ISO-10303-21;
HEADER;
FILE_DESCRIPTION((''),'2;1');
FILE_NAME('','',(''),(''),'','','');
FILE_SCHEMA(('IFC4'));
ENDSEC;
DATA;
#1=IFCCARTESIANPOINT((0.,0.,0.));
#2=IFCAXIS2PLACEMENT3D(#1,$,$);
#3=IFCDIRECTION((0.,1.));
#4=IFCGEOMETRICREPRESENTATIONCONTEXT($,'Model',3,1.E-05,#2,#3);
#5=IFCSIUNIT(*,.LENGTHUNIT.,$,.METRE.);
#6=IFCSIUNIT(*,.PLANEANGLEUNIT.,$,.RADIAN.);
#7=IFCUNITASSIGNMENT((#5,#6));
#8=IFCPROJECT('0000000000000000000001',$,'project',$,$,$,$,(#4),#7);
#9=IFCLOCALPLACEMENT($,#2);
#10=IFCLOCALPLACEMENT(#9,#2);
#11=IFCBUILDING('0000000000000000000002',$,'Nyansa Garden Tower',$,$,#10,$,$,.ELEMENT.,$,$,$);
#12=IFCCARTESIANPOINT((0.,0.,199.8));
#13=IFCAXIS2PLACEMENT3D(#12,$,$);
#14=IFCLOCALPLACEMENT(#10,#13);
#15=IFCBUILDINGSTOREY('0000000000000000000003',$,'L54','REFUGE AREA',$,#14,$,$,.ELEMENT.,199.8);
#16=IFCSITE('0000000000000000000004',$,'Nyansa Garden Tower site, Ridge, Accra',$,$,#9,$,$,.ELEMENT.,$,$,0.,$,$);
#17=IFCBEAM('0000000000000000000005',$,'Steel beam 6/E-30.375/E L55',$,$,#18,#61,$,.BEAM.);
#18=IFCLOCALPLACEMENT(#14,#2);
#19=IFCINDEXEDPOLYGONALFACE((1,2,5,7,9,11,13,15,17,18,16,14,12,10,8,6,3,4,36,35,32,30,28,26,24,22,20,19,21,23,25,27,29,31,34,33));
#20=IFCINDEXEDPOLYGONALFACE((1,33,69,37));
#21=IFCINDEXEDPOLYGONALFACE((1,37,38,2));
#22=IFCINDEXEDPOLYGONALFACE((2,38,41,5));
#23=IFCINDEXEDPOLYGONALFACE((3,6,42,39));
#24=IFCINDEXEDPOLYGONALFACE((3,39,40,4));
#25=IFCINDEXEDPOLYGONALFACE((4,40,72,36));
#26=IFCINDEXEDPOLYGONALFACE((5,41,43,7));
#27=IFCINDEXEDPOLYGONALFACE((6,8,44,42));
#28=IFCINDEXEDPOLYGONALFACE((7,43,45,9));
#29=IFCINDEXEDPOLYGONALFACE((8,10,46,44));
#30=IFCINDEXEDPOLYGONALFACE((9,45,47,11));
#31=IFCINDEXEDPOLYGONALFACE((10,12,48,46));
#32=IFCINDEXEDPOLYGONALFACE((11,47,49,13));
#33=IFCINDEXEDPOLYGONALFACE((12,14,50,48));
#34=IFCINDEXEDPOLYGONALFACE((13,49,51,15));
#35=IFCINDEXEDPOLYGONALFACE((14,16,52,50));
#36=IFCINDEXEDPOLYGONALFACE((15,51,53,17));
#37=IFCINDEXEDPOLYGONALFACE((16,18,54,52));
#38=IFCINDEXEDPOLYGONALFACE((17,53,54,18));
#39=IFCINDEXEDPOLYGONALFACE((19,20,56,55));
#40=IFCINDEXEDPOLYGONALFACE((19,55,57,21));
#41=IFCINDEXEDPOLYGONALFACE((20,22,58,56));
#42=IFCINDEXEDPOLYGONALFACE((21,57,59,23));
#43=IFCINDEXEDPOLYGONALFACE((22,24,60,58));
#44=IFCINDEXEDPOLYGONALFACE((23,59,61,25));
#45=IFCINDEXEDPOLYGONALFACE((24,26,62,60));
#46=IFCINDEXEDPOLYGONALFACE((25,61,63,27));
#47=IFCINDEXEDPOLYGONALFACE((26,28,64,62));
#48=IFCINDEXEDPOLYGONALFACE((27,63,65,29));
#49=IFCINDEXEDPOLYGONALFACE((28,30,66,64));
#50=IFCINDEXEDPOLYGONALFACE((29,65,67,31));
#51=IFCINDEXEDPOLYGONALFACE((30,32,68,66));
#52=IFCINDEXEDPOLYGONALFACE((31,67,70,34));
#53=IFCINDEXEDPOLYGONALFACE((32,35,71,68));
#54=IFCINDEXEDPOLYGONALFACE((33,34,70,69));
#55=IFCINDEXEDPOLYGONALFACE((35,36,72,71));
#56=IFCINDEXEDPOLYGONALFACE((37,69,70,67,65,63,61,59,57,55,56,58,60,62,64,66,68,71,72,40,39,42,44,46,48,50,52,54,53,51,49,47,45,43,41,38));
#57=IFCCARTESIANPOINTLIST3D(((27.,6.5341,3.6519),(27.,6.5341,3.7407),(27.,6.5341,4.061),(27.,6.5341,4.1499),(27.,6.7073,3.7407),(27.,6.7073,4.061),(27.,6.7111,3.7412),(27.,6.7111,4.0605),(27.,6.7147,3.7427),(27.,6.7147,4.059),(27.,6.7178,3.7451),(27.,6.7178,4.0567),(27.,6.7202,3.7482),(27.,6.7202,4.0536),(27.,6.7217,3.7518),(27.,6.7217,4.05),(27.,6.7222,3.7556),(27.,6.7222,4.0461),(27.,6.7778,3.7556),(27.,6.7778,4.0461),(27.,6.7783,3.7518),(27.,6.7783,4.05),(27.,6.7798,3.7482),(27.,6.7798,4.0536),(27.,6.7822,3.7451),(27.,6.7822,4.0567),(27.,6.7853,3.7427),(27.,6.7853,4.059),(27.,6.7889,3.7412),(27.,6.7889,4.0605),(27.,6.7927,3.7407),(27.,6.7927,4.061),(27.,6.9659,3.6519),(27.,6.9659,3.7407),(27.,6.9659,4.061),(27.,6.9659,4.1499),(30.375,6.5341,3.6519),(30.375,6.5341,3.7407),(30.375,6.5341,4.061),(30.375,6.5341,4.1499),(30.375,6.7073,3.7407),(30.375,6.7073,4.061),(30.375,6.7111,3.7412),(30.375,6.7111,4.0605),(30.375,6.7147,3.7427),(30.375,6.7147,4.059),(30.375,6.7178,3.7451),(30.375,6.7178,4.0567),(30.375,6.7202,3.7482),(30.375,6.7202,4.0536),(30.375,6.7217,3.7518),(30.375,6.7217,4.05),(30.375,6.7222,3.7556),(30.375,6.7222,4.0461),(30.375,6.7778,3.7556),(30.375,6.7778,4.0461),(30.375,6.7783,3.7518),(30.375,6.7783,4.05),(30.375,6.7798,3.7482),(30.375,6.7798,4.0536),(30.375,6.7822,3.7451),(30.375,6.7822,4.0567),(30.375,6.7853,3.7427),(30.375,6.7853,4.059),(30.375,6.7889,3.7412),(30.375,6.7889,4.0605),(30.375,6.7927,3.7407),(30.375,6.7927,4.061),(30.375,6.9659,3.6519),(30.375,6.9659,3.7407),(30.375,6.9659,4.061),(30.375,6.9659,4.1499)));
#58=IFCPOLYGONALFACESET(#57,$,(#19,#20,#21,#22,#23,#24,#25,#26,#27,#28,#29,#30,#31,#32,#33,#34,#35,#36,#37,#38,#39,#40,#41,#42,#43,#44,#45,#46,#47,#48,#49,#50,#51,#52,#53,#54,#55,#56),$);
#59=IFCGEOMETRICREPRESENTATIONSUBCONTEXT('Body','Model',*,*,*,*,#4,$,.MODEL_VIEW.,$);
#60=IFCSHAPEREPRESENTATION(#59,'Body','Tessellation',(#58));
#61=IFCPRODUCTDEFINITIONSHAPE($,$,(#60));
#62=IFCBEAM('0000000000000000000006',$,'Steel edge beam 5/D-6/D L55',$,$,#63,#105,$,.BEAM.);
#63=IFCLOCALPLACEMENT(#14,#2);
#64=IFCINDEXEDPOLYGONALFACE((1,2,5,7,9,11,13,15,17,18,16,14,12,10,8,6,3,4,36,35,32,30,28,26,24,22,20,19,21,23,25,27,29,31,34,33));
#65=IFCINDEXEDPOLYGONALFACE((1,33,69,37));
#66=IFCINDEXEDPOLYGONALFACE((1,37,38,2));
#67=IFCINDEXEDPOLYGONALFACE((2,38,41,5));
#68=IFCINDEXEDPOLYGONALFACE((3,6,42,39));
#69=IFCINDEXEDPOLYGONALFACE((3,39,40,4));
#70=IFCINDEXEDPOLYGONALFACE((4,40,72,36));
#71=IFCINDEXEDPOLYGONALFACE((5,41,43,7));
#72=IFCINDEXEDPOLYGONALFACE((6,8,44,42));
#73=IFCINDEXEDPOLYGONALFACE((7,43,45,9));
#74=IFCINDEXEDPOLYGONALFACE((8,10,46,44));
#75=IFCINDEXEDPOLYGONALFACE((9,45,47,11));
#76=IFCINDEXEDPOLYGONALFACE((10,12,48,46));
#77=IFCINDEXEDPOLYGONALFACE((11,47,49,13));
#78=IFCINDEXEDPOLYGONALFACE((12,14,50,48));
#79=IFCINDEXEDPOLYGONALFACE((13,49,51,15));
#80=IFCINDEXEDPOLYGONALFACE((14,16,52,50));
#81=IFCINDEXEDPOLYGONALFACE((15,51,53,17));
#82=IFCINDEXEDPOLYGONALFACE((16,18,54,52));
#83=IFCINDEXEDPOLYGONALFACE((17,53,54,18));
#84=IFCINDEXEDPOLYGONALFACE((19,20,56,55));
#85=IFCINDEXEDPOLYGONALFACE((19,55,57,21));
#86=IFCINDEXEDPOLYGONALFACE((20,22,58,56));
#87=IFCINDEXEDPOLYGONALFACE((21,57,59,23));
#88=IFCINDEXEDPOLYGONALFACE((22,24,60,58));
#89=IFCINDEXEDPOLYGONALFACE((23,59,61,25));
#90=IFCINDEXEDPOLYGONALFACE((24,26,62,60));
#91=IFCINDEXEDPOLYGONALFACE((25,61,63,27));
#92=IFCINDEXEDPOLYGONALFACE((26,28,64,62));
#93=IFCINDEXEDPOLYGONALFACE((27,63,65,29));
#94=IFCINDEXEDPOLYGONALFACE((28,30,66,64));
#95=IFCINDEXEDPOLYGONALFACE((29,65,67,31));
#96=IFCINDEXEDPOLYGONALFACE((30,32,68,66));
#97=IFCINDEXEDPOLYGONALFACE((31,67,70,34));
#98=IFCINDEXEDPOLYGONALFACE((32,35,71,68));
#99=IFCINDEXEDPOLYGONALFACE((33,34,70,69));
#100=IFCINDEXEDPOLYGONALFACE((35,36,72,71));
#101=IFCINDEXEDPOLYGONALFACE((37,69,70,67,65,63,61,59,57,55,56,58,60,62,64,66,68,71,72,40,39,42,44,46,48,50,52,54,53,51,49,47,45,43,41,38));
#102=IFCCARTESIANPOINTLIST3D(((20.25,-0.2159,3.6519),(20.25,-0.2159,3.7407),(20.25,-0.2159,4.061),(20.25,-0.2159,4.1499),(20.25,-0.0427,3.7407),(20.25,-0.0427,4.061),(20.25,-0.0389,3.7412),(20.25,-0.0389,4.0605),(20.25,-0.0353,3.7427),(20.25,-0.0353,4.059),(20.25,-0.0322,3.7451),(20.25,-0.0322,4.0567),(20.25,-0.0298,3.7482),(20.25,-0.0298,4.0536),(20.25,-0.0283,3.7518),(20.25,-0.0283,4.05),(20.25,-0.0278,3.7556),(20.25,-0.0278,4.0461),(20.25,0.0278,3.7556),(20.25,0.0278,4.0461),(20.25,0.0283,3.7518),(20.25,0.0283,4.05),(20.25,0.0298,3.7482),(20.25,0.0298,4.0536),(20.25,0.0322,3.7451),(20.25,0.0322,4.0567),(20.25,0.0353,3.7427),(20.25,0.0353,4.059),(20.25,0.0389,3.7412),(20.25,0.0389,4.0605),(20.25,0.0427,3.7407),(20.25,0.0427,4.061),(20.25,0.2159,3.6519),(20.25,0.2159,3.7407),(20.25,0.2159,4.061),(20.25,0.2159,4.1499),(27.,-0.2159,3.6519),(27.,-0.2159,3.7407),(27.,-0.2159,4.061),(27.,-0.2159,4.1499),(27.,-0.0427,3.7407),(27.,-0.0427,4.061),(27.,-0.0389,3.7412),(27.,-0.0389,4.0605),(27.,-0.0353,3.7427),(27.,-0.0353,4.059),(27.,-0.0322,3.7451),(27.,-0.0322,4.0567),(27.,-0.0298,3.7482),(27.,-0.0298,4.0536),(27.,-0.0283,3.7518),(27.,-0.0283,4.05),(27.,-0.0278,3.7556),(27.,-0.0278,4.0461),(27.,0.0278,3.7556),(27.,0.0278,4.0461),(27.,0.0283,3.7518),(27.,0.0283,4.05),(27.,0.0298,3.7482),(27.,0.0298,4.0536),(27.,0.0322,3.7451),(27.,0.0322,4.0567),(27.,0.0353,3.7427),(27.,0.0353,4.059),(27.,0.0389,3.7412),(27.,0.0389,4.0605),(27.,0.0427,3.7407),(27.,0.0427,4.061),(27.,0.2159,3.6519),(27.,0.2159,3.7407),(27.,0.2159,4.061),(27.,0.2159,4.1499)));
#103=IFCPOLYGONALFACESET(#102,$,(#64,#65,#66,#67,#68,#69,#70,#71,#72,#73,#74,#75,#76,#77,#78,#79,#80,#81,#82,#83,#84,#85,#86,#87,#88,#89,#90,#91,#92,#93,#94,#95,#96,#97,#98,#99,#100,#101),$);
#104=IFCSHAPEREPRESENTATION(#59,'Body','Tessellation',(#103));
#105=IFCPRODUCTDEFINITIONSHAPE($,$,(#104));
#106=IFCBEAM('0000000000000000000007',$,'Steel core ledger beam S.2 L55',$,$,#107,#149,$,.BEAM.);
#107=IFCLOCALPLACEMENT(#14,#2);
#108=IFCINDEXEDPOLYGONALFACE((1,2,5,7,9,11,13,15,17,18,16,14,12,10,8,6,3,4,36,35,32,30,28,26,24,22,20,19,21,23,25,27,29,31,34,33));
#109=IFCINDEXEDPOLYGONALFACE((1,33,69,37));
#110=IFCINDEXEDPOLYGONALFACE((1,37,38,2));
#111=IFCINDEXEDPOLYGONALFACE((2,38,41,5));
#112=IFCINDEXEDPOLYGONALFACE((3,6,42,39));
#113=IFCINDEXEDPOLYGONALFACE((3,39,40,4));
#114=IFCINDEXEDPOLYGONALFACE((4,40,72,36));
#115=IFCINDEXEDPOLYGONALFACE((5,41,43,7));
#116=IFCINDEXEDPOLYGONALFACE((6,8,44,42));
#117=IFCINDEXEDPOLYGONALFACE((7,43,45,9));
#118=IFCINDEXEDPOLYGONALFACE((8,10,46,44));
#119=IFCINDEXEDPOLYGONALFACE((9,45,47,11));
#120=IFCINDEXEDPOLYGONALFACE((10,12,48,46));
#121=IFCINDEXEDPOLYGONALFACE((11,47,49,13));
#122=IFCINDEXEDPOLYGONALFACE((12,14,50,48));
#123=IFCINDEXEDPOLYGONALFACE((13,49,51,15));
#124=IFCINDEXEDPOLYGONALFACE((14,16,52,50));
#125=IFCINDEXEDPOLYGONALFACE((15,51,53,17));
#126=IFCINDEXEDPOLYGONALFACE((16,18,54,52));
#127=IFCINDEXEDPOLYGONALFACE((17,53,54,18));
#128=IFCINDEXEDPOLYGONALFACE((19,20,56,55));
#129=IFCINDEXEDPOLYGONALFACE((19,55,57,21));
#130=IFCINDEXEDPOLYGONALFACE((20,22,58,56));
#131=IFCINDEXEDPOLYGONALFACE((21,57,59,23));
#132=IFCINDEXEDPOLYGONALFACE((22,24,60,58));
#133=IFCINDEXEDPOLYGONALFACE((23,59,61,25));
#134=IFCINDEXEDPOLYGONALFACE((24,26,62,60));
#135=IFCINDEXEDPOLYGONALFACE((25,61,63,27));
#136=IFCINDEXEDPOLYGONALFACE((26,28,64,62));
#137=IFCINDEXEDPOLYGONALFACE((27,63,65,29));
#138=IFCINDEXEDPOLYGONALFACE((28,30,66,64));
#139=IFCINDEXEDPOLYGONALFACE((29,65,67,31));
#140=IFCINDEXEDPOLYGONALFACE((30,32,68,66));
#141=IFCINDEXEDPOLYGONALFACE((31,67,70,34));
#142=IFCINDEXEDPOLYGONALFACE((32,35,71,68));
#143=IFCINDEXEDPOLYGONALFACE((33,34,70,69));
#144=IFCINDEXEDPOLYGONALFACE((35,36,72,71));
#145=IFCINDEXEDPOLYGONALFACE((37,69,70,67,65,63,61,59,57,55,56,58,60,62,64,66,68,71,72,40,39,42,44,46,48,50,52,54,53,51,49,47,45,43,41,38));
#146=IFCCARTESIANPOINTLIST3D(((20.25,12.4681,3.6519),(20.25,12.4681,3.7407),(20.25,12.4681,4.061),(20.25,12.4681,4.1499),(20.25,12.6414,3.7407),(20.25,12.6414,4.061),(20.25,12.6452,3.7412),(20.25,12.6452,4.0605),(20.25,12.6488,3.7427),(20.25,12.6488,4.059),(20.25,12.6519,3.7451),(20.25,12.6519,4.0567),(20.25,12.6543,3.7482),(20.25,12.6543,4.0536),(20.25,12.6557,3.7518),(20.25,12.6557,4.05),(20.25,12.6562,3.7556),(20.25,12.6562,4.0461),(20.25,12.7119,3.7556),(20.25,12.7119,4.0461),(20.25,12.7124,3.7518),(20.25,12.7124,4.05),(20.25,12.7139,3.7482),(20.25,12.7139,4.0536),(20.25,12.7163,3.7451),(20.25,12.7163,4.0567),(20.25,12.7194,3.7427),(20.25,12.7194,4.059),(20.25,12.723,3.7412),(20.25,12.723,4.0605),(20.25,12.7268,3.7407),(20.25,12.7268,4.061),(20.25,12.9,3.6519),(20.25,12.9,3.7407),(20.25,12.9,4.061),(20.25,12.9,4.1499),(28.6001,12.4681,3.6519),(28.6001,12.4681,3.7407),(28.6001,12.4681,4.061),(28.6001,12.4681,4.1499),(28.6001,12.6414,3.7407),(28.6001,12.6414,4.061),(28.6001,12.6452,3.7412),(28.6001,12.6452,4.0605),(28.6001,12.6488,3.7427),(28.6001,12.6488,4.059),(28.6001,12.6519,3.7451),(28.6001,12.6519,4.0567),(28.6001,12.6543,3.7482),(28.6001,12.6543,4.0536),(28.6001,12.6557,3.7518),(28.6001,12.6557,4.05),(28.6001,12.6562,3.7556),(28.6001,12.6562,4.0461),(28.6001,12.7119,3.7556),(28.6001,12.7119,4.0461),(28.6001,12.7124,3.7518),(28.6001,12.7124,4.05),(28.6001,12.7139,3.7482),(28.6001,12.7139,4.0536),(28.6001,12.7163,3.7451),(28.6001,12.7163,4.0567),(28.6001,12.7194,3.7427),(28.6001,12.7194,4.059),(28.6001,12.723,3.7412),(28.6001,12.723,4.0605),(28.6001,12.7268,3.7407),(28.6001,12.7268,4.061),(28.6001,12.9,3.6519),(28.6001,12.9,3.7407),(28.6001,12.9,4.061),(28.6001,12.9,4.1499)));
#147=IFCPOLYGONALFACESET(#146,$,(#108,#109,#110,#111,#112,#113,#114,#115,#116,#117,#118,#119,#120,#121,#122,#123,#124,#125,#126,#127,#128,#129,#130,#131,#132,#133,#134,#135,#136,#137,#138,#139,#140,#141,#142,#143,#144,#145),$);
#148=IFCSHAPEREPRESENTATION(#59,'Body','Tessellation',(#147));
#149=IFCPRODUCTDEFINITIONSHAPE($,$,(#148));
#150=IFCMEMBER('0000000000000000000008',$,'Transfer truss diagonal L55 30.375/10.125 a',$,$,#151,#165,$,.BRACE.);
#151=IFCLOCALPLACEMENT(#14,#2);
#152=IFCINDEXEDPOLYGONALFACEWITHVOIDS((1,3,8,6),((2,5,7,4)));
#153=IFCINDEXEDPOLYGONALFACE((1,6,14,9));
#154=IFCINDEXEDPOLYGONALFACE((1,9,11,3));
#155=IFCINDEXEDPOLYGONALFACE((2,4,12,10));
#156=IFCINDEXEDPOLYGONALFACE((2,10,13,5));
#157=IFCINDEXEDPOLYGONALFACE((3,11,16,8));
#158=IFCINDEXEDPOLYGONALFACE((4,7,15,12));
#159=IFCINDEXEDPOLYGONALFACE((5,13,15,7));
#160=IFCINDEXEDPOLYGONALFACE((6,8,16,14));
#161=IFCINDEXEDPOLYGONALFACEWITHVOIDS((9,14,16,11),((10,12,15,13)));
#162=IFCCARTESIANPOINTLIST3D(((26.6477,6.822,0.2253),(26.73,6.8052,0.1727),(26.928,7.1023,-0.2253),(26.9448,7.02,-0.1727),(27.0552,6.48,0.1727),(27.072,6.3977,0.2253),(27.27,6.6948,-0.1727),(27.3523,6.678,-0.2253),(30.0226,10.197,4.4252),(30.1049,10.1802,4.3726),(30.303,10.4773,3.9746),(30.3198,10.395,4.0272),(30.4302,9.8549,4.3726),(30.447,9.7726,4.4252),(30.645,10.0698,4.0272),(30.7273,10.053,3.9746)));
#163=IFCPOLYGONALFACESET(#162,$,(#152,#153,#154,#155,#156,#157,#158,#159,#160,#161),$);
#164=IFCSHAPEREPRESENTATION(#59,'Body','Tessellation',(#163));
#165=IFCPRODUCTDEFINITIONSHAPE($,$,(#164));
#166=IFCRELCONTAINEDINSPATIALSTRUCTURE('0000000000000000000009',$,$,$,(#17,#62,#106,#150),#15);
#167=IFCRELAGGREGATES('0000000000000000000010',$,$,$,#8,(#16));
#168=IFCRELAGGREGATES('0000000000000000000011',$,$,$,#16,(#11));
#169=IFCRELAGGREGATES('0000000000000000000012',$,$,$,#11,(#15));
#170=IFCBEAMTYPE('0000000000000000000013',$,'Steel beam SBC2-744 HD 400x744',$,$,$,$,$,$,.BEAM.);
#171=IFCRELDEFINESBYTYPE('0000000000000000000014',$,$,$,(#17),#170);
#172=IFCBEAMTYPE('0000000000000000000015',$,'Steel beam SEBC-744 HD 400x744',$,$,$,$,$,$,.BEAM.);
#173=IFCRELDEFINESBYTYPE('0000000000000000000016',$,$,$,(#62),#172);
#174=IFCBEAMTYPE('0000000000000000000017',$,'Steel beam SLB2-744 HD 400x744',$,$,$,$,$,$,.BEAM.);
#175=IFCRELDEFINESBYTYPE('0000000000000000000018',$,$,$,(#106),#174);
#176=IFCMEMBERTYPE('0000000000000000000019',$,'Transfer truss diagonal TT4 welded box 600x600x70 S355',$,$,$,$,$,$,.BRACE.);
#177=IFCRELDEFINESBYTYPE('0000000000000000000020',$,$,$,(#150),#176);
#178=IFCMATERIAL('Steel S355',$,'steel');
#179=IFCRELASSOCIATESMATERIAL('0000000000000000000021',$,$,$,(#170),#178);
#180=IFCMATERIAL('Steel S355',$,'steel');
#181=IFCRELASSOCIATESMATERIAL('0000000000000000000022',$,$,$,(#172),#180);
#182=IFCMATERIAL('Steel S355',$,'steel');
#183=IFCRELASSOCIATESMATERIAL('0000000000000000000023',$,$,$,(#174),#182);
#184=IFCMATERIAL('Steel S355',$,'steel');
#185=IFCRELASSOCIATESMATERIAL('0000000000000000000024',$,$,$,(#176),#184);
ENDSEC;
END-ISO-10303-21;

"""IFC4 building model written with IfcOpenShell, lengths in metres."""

from ifc_helpers import new_model, si_unit, direction, frame, origin, origin_2d, place, context, subcontext, project, spatial, hollow_rectangle, i_section, extrude, material, material_profile, profile_set, type_object, element, save


model = new_model("IFC4")

# Units and contexts
model_context = context("Model", 3, precision=1e-05, world=origin(), true_north=direction((0.0, 1.0)))
body_context = subcontext(model_context, "Body", "Model", "MODEL_VIEW")
ifc_project = project(units=[si_unit("LENGTHUNIT", "METRE"), si_unit("PLANEANGLEUNIT", "RADIAN")], contexts=[model_context])

# Site, building, storey
site_placement = place(None, origin())
site = spatial("IfcSite", under=ifc_project, at=site_placement, Name="Nyansa Garden Tower site, Ridge, Accra", CompositionType="ELEMENT", RefElevation=0.0)
building_placement = place(site_placement, origin())
building = spatial("IfcBuilding", under=site, at=building_placement, Name="Nyansa Garden Tower", CompositionType="ELEMENT")
storey_placement = place(building_placement, frame((0.0, 0.0, 199.8)))
storey = spatial("IfcBuildingStorey", under=building, at=storey_placement, Name="L54", Description="REFUGE AREA", CompositionType="ELEMENT", Elevation=199.8)

# Beams
ifc_material_1 = material(Name="Steel S355", Category="steel")
ifc_material_profile_1 = material_profile(ifc_material_1, i_section(OverallWidth=0.4319, OverallDepth=0.498, WebThickness=0.0557, FlangeThickness=0.0889, FilletRadius=0.0149, at=origin_2d()), Name="HD 400x744")
ifc_profile_set_1 = profile_set([ifc_material_profile_1], Name="Steel S355")
beam_type_1 = type_object("IfcBeamType", Name="Steel beam SBC2-744 HD 400x744", PredefinedType="BEAM", material=ifc_profile_set_1)
beam_1_placement = place(storey_placement, frame((27.0, 6.75, 3.9009), z_axis=(1.0, 0.0, 0.0), x_axis=(0.0, 1.0, 0.0)))
element("IfcBeam", 1, at=beam_1_placement, inside=storey, type_object=beam_type_1, Name="Steel beam 6/E-30.375/E L55", PredefinedType="BEAM", context=body_context, shape_type="SweptSolid", body=[
    extrude(i_section(OverallWidth=0.4319, OverallDepth=0.498, WebThickness=0.0557, FlangeThickness=0.0889, FilletRadius=0.0149, at=origin_2d()), origin(), (0.0, 0.0, 1.0), 3.375),
])
ifc_material_2 = material(Name="Steel S355", Category="steel")
ifc_material_profile_2 = material_profile(ifc_material_2, i_section(OverallWidth=0.4319, OverallDepth=0.498, WebThickness=0.0557, FlangeThickness=0.0889, FilletRadius=0.0149, at=origin_2d()), Name="HD 400x744")
ifc_profile_set_2 = profile_set([ifc_material_profile_2], Name="Steel S355")
beam_type_2 = type_object("IfcBeamType", Name="Steel beam SEBC-744 HD 400x744", PredefinedType="BEAM", material=ifc_profile_set_2)
beam_2_placement = place(storey_placement, frame((20.25, 0.0, 3.9009), z_axis=(1.0, 0.0, 0.0), x_axis=(0.0, 1.0, 0.0)))
element("IfcBeam", 2, at=beam_2_placement, inside=storey, type_object=beam_type_2, Name="Steel edge beam 5/D-6/D L55", PredefinedType="BEAM", context=body_context, shape_type="SweptSolid", body=[
    extrude(i_section(OverallWidth=0.4319, OverallDepth=0.498, WebThickness=0.0557, FlangeThickness=0.0889, FilletRadius=0.0149, at=origin_2d()), origin(), (0.0, 0.0, 1.0), 6.75),
])
ifc_material_3 = material(Name="Steel S355", Category="steel")
ifc_material_profile_3 = material_profile(ifc_material_3, i_section(OverallWidth=0.4319, OverallDepth=0.498, WebThickness=0.0557, FlangeThickness=0.0889, FilletRadius=0.0149, at=origin_2d()), Name="HD 400x744")
ifc_profile_set_3 = profile_set([ifc_material_profile_3], Name="Steel S355")
beam_type_3 = type_object("IfcBeamType", Name="Steel beam SLB2-744 HD 400x744", PredefinedType="BEAM", material=ifc_profile_set_3)
beam_3_placement = place(storey_placement, frame((20.25, 12.6841, 3.9009), z_axis=(1.0, 0.0, 0.0), x_axis=(0.0, 1.0, 0.0)))
element("IfcBeam", 3, at=beam_3_placement, inside=storey, type_object=beam_type_3, Name="Steel core ledger beam S.2 L55", PredefinedType="BEAM", context=body_context, shape_type="SweptSolid", body=[
    extrude(i_section(OverallWidth=0.4319, OverallDepth=0.498, WebThickness=0.0557, FlangeThickness=0.0889, FilletRadius=0.0149, at=origin_2d()), origin(), (0.0, 0.0, 1.0), 8.3501),
])

# Member
ifc_material_4 = material(Name="Steel S355", Category="steel")
ifc_material_profile_4 = material_profile(ifc_material_4, hollow_rectangle(XDim=0.6001, YDim=0.6001, WallThickness=0.0701, at=origin_2d()), Name="Welded box 600x600x70")
ifc_profile_set_4 = profile_set([ifc_material_profile_4], Name="Steel S355")
member_type_1 = type_object("IfcMemberType", Name="Transfer truss diagonal TT4 welded box 600x600x70 S355", PredefinedType="BRACE", material=ifc_profile_set_4)
member_1_placement = place(storey_placement, frame((27.0, 6.75, 0.0), z_axis=(0.530849, 0.530849, 0.660605), x_axis=(-0.707107, 0.707107, 0.0)))
element("IfcMember", 4, at=member_1_placement, inside=storey, type_object=member_type_1, Name="Transfer truss diagonal L55 30.375/10.125 a", PredefinedType="BRACE", context=body_context, shape_type="SweptSolid", body=[
    extrude(hollow_rectangle(XDim=0.6001, YDim=0.6001, WallThickness=0.0701, at=origin_2d()), origin(), (0.0, 0.0, 1.0), 6.3577),
])

save(model, "model.ifc")
